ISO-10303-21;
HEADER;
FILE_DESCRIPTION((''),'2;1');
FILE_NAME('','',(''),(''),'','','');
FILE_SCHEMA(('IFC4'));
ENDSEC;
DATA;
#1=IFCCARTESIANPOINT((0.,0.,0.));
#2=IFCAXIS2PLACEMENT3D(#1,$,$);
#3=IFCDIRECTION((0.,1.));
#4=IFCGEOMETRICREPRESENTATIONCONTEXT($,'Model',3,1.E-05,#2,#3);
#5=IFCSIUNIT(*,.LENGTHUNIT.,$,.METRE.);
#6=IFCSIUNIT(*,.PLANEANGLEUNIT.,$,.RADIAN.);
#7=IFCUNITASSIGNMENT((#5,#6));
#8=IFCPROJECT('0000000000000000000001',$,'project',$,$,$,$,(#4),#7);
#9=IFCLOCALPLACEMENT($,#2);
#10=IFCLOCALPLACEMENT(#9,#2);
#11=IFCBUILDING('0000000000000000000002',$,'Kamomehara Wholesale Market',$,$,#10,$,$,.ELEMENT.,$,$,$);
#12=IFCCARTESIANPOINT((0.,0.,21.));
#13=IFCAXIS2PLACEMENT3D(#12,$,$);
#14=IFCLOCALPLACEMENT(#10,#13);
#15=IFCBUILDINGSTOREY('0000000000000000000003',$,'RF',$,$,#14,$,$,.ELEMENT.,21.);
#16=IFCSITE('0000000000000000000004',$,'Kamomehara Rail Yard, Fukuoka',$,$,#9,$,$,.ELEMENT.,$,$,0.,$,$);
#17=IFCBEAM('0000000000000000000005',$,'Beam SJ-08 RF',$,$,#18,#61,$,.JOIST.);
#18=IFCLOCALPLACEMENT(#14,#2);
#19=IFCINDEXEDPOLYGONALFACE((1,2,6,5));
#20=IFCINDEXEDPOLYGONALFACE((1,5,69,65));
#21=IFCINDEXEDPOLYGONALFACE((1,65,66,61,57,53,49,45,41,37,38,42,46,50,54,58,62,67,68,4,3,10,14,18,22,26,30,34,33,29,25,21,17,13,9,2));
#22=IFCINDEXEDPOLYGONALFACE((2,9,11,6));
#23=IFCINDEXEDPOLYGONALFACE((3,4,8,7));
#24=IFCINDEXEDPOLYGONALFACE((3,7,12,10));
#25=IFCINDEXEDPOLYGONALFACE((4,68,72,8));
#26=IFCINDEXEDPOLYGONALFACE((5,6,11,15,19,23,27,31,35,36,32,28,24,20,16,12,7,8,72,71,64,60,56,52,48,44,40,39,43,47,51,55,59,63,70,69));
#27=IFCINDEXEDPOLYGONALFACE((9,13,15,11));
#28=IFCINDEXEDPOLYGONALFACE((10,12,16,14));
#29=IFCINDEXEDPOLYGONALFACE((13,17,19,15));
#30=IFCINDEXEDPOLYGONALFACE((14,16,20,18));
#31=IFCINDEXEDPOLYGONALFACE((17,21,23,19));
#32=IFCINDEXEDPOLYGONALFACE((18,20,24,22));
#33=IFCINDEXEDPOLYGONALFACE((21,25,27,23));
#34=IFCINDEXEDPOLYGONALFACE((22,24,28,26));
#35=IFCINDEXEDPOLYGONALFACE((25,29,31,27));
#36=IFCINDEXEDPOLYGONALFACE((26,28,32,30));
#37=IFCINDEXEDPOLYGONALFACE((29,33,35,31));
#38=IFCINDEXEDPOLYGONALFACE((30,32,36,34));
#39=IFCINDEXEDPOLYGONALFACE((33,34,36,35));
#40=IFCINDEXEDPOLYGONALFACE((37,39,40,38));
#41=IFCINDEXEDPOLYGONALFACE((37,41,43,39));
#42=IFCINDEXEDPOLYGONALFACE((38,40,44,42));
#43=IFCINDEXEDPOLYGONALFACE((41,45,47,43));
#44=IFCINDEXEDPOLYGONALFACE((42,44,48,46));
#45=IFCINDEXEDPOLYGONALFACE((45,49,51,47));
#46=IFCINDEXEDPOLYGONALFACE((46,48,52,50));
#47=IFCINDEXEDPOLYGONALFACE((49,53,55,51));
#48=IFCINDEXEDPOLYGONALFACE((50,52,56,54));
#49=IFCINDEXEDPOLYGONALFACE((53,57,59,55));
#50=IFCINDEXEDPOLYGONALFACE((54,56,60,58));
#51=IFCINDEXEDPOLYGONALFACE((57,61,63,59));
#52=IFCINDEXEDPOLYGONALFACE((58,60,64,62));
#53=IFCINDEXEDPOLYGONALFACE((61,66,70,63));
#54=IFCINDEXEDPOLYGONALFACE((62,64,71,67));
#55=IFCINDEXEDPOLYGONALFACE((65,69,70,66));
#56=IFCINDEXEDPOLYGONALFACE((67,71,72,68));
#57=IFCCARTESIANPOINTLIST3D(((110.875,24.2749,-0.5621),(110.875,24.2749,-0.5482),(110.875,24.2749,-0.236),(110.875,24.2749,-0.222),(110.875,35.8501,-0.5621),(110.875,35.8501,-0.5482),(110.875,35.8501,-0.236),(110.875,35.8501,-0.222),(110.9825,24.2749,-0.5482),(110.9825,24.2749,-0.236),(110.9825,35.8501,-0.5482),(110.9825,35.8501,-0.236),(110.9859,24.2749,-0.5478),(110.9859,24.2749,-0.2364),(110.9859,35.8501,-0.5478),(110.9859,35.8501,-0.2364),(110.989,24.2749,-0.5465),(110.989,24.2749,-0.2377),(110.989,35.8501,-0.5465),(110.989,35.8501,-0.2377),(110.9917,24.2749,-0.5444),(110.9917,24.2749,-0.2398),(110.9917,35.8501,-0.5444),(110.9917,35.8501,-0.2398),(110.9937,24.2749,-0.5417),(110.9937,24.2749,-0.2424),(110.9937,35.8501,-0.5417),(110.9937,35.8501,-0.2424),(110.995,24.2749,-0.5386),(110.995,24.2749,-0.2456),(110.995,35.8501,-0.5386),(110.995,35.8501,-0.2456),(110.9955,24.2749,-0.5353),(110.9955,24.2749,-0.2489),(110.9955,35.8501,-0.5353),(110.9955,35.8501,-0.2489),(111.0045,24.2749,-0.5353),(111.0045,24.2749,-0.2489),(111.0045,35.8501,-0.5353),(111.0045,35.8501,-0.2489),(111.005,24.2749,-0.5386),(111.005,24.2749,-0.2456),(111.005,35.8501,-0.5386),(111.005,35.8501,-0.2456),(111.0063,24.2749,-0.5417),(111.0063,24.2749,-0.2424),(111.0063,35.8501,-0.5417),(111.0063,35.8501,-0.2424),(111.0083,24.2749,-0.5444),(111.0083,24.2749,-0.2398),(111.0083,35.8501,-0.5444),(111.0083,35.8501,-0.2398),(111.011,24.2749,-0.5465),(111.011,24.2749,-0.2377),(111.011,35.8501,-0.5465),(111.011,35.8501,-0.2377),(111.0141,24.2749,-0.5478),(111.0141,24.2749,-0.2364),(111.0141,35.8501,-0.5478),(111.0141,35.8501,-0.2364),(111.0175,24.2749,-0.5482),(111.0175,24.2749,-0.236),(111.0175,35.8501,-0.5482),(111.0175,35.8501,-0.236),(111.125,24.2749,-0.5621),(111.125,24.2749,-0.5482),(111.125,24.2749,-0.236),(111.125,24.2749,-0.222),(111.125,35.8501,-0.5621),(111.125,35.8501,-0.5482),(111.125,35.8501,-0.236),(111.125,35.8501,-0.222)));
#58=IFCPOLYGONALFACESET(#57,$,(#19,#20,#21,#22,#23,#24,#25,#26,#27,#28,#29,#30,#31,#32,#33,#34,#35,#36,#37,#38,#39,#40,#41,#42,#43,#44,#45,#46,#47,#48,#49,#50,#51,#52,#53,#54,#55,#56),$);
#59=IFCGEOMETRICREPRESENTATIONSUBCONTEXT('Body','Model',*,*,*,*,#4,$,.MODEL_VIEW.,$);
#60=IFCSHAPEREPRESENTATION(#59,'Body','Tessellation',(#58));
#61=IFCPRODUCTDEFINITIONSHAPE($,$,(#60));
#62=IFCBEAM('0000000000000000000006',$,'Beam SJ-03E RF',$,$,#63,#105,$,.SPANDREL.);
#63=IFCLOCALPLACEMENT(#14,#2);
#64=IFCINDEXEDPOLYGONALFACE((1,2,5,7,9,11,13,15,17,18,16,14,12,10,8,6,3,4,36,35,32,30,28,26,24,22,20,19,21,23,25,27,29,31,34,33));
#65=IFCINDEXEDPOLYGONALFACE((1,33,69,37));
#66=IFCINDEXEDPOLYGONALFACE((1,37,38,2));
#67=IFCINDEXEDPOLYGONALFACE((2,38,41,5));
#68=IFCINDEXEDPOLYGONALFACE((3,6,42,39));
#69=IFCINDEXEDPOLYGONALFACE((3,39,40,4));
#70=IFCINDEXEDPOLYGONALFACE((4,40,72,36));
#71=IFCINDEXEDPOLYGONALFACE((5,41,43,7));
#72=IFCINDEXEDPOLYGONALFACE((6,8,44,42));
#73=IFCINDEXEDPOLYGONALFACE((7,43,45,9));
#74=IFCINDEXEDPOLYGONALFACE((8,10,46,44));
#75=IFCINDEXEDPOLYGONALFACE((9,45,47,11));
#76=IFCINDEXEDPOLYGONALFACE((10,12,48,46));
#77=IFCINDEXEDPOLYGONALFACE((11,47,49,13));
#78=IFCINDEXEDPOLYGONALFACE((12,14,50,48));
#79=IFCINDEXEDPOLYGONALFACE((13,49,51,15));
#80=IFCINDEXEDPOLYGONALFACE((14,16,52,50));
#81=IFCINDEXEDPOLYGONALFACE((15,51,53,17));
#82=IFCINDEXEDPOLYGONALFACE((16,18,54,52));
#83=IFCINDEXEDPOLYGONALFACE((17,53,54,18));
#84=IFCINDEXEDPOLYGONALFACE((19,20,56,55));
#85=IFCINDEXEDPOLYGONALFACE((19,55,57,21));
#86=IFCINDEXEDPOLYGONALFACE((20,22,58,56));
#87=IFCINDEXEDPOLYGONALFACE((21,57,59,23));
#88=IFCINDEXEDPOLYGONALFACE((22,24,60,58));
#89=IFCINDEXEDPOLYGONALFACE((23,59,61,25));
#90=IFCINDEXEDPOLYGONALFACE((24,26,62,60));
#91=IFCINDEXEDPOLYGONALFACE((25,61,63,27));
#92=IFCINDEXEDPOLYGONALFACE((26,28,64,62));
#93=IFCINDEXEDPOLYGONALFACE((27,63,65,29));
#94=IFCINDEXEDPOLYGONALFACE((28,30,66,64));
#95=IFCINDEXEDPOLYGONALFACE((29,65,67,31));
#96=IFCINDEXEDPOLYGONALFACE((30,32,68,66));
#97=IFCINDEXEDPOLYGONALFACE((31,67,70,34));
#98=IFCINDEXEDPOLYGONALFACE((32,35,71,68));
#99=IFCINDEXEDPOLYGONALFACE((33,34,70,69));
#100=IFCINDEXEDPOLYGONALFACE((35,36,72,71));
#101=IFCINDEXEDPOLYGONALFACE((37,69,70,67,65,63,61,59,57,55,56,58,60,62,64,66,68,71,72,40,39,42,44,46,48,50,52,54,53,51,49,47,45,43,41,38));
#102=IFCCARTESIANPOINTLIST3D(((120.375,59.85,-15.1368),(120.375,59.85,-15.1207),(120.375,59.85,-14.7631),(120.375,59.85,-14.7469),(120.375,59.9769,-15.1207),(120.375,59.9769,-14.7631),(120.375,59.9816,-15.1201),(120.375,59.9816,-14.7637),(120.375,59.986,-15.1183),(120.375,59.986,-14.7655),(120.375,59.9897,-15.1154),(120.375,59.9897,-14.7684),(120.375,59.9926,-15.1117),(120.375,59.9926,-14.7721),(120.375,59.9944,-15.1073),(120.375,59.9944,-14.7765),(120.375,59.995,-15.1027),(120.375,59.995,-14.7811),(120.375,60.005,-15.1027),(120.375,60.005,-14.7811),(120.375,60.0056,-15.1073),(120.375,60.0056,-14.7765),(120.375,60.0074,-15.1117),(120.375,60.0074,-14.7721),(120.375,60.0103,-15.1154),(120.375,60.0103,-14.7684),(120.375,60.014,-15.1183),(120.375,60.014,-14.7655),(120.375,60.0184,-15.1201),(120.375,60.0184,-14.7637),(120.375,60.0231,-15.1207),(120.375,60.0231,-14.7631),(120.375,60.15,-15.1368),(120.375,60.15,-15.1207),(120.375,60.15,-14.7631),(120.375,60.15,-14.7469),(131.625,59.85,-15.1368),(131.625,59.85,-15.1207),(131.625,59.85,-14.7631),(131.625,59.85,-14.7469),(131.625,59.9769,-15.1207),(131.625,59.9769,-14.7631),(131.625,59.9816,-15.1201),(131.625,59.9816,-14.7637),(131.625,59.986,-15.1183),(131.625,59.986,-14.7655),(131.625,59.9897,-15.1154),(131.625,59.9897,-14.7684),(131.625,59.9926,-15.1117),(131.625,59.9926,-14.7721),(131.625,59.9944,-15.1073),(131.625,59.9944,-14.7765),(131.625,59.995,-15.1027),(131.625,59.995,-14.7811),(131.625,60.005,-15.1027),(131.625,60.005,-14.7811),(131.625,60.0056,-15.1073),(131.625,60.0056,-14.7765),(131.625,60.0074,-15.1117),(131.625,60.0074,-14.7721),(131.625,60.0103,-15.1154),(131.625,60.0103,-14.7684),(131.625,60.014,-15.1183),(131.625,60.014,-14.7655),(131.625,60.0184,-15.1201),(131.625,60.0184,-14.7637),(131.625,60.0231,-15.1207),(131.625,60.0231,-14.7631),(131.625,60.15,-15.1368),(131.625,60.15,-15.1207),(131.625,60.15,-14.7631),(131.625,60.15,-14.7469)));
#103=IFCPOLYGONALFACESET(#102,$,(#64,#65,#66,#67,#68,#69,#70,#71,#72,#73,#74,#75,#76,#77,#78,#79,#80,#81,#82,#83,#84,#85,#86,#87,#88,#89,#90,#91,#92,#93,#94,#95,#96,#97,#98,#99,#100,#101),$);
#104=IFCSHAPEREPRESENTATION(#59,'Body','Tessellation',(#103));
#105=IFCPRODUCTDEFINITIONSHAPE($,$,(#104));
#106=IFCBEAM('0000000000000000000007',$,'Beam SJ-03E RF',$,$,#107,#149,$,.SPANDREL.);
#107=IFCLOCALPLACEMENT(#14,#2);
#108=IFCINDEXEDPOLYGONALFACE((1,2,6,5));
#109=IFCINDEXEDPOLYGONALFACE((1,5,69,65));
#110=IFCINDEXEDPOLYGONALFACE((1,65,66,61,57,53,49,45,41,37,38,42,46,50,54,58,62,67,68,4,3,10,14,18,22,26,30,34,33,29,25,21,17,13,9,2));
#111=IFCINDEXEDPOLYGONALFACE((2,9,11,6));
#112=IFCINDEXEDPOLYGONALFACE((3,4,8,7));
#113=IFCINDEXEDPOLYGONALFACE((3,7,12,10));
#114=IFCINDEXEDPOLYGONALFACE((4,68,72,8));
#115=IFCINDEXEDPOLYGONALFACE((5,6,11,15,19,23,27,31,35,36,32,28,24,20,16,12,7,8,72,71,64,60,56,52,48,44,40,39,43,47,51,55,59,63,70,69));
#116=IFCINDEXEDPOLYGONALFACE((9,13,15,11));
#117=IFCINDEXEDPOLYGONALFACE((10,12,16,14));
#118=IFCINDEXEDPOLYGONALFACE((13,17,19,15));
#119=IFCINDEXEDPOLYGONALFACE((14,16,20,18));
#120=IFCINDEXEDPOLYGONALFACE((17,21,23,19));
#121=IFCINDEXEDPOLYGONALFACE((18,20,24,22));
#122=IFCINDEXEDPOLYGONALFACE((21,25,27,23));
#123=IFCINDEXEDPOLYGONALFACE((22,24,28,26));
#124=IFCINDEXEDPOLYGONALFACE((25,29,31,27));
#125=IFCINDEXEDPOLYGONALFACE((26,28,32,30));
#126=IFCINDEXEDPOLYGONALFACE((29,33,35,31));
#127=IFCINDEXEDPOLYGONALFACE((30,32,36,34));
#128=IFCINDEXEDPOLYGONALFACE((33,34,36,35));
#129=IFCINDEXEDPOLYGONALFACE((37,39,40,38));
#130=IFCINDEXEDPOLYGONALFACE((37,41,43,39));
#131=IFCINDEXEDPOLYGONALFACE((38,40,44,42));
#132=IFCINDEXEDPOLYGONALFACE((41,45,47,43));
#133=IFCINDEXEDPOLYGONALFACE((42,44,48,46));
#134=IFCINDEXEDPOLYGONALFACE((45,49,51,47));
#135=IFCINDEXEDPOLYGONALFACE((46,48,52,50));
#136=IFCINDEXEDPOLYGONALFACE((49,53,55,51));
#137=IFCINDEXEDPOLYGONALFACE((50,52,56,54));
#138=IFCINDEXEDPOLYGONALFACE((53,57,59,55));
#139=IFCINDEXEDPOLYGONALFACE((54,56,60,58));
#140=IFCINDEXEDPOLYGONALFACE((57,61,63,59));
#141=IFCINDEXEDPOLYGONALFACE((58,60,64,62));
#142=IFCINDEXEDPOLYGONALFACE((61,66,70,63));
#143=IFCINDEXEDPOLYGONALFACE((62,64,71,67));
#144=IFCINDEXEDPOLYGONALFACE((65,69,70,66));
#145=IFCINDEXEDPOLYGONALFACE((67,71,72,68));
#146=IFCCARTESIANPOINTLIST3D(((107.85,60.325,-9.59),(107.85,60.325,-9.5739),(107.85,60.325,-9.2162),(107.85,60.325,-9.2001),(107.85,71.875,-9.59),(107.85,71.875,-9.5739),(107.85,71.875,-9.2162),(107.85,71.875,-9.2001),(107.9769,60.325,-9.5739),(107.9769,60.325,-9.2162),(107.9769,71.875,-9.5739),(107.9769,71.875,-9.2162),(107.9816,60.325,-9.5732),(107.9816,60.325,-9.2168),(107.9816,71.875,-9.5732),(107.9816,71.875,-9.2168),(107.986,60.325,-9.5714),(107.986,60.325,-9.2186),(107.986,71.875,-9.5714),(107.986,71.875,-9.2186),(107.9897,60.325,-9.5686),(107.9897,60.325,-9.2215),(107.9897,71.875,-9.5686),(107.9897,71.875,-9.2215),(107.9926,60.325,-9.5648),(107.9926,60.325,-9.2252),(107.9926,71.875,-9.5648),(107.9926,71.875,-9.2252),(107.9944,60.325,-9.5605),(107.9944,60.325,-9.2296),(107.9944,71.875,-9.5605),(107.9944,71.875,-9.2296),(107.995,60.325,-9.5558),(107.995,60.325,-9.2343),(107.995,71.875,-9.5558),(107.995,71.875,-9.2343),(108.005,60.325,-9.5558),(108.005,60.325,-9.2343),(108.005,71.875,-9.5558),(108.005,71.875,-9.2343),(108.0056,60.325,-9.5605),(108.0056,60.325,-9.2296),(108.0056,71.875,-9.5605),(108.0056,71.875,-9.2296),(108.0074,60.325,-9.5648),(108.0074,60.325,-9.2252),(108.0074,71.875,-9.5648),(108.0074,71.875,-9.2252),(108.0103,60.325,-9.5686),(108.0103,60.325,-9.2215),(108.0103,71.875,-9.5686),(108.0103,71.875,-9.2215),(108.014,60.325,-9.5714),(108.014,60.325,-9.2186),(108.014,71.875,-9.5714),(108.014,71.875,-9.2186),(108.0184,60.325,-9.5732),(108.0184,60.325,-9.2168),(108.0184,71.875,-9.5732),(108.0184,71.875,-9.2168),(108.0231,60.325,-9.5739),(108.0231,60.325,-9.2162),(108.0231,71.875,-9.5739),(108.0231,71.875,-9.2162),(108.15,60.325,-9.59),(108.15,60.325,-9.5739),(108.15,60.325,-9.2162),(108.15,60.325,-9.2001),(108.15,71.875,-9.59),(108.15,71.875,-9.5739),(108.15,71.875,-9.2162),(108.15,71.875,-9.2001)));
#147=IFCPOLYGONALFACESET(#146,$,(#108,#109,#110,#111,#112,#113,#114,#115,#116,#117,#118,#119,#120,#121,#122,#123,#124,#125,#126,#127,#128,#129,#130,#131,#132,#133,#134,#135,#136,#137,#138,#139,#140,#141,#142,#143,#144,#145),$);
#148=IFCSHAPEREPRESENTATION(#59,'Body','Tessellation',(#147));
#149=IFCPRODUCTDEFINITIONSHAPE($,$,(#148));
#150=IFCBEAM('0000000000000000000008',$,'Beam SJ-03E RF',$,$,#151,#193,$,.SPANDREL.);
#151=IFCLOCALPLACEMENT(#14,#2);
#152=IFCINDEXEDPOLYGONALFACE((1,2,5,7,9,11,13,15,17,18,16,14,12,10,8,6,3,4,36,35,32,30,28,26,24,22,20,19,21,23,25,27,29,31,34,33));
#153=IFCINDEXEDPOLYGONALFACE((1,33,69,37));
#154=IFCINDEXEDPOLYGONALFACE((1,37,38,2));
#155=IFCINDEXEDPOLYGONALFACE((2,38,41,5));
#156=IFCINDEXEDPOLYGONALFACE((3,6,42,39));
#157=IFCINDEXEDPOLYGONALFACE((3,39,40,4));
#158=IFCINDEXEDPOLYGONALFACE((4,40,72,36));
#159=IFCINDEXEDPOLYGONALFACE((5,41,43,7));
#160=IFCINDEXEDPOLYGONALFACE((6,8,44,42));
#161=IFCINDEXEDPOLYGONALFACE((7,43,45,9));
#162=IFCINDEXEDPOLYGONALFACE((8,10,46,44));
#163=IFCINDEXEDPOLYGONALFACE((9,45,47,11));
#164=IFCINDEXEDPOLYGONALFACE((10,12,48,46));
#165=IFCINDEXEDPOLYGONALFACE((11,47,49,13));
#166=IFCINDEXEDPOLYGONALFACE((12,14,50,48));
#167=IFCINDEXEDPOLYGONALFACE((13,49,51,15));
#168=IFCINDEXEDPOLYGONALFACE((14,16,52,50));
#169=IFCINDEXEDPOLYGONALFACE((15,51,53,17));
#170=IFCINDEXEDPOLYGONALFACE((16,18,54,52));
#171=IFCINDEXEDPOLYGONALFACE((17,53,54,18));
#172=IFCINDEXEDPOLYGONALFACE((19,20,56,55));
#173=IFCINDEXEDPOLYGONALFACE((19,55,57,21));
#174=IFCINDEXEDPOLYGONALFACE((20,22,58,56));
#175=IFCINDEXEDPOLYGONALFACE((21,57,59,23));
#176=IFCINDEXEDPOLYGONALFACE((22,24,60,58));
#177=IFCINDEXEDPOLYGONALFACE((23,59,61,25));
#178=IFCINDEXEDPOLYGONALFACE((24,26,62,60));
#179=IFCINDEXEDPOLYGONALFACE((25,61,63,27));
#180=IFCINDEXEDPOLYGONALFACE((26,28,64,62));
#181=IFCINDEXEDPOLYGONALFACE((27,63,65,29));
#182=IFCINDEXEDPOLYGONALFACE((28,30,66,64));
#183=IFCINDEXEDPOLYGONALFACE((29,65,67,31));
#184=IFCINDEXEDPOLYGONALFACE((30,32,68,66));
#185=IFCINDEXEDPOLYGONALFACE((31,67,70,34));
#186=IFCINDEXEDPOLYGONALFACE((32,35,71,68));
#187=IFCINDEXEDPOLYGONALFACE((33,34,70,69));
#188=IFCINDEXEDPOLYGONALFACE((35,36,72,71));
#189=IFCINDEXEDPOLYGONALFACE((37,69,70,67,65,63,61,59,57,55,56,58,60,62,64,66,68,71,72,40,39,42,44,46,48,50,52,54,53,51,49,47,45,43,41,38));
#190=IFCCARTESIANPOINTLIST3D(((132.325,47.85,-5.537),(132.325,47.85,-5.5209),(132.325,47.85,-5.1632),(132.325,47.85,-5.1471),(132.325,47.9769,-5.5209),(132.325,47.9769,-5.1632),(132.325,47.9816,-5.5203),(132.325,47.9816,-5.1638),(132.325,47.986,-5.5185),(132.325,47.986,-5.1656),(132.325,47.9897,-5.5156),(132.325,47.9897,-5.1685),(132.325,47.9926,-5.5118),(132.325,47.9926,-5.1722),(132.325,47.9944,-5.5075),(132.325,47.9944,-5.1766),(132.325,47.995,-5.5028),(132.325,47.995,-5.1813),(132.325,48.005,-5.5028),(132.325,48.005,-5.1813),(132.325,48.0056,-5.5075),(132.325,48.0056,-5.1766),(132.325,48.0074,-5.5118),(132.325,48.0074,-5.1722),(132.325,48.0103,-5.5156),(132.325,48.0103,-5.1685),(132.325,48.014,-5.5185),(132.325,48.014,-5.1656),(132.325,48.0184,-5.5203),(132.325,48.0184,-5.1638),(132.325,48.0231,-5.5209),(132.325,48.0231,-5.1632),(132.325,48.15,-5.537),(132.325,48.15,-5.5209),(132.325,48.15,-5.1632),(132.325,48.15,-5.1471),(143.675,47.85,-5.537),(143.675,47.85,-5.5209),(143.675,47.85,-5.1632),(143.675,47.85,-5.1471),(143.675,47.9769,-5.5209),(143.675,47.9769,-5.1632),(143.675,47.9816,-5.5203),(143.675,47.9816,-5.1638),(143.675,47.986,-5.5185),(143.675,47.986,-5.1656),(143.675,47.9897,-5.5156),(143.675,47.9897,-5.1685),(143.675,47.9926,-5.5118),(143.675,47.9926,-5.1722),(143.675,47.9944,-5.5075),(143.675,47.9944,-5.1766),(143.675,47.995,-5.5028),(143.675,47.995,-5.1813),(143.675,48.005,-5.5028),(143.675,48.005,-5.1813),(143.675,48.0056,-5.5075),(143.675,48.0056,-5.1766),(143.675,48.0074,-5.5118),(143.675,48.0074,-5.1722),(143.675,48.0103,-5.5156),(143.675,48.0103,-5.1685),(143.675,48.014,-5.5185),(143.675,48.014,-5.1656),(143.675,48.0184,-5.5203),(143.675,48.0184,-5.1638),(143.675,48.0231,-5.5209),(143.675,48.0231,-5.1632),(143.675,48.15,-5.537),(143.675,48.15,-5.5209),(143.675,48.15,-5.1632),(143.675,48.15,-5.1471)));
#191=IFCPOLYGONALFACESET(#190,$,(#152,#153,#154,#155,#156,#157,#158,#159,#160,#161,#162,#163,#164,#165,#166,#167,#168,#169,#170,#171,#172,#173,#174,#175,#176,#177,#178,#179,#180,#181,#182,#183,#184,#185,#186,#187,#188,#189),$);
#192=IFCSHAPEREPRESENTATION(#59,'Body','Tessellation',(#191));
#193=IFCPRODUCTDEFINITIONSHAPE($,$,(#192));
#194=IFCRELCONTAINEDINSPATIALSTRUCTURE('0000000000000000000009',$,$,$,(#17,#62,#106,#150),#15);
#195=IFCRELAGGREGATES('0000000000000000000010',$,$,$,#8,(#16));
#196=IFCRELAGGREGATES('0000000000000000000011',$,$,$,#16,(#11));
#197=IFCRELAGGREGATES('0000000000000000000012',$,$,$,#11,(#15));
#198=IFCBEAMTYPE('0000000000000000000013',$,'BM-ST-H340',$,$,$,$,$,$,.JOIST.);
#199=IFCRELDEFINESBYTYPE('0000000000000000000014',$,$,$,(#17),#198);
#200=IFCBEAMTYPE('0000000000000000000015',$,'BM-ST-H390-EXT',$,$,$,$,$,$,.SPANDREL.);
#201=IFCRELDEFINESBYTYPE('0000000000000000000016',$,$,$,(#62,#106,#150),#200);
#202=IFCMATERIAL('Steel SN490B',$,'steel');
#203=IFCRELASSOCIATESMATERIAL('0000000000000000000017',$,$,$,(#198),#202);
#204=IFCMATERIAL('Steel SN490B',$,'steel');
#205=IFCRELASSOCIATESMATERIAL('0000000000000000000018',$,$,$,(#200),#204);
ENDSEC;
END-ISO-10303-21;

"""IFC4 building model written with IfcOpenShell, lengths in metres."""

from ifc_helpers import new_model, si_unit, direction, frame, origin, origin_2d, place, context, subcontext, project, spatial, i_section, extrude, material, material_profile, profile_set, type_object, element, save


model = new_model("IFC4")

# Units and contexts
model_context = context("Model", 3, precision=1e-05, world=origin(), true_north=direction((0.0, 1.0)))
body_context = subcontext(model_context, "Body", "Model", "MODEL_VIEW")
ifc_project = project(units=[si_unit("LENGTHUNIT", "METRE"), si_unit("PLANEANGLEUNIT", "RADIAN")], contexts=[model_context])

# Site, building, storey
site_placement = place(None, origin())
site = spatial("IfcSite", under=ifc_project, at=site_placement, Name="Kamomehara Rail Yard, Fukuoka", CompositionType="ELEMENT", RefElevation=0.0)
building_placement = place(site_placement, origin())
building = spatial("IfcBuilding", under=site, at=building_placement, Name="Kamomehara Wholesale Market", CompositionType="ELEMENT")
storey_placement = place(building_placement, frame((0.0, 0.0, 21.0)))
storey = spatial("IfcBuildingStorey", under=building, at=storey_placement, Name="RF", CompositionType="ELEMENT", Elevation=21.0)

# Beams
ifc_material_1 = material(Name="Steel SN490B", Category="steel")
ifc_material_profile_1 = material_profile(ifc_material_1, i_section(OverallWidth=0.25, OverallDepth=0.3401, WebThickness=0.009, FlangeThickness=0.0139, FilletRadius=0.0129, at=origin_2d()), Name="H-340x250x9x14")
ifc_profile_set_1 = profile_set([ifc_material_profile_1], Name="Steel SN490B")
beam_type_1 = type_object("IfcBeamType", Name="BM-ST-H340", PredefinedType="JOIST", material=ifc_profile_set_1)
beam_1_placement = place(storey_placement, frame((111.0, 24.2749, -0.3921), z_axis=(0.0, 1.0, 0.0), x_axis=(-1.0, 0.0, 0.0)))
element("IfcBeam", 1, at=beam_1_placement, inside=storey, type_object=beam_type_1, Name="Beam SJ-08 RF", PredefinedType="JOIST", context=body_context, shape_type="SweptSolid", body=[
    extrude(i_section(OverallWidth=0.25, OverallDepth=0.3401, WebThickness=0.009, FlangeThickness=0.0139, FilletRadius=0.0129, at=origin_2d()), origin(), (0.0, 0.0, 1.0), 11.5752),
])
ifc_material_2 = material(Name="Steel SN490B", Category="steel")
ifc_material_profile_2 = material_profile(ifc_material_2, i_section(OverallWidth=0.3, OverallDepth=0.3899, WebThickness=0.01, FlangeThickness=0.0161, FilletRadius=0.0181, at=origin_2d()), Name="H-390x300x10x16")
ifc_profile_set_2 = profile_set([ifc_material_profile_2], Name="Steel SN490B")
beam_type_2 = type_object("IfcBeamType", Name="BM-ST-H390-EXT", PredefinedType="SPANDREL", material=ifc_profile_set_2)
beam_2_placement = place(storey_placement, frame((120.375, 60.0, -14.9419), z_axis=(1.0, 0.0, 0.0), x_axis=(0.0, 1.0, 0.0)))
element("IfcBeam", 2, at=beam_2_placement, inside=storey, type_object=beam_type_2, Name="Beam SJ-03E RF", PredefinedType="SPANDREL", context=body_context, shape_type="SweptSolid", body=[
    extrude(i_section(OverallWidth=0.3, OverallDepth=0.3899, WebThickness=0.01, FlangeThickness=0.0161, FilletRadius=0.0181, at=origin_2d()), origin(), (0.0, 0.0, 1.0), 11.25),
])
beam_3_placement = place(storey_placement, frame((108.0, 60.325, -9.395), z_axis=(0.0, 1.0, 0.0), x_axis=(-1.0, 0.0, 0.0)))
element("IfcBeam", 3, at=beam_3_placement, inside=storey, type_object=beam_type_2, Name="Beam SJ-03E RF", PredefinedType="SPANDREL", context=body_context, shape_type="SweptSolid", body=[
    extrude(i_section(OverallWidth=0.3, OverallDepth=0.3899, WebThickness=0.01, FlangeThickness=0.0161, FilletRadius=0.0181, at=origin_2d()), origin(), (0.0, 0.0, 1.0), 11.55),
])
beam_4_placement = place(storey_placement, frame((132.325, 48.0, -5.342), z_axis=(1.0, 0.0, 0.0), x_axis=(0.0, 1.0, 0.0)))
element("IfcBeam", 4, at=beam_4_placement, inside=storey, type_object=beam_type_2, Name="Beam SJ-03E RF", PredefinedType="SPANDREL", context=body_context, shape_type="SweptSolid", body=[
    extrude(i_section(OverallWidth=0.3, OverallDepth=0.3899, WebThickness=0.01, FlangeThickness=0.0161, FilletRadius=0.0181, at=origin_2d()), origin(), (0.0, 0.0, 1.0), 11.3501),
])

save(model, "model.ifc")
